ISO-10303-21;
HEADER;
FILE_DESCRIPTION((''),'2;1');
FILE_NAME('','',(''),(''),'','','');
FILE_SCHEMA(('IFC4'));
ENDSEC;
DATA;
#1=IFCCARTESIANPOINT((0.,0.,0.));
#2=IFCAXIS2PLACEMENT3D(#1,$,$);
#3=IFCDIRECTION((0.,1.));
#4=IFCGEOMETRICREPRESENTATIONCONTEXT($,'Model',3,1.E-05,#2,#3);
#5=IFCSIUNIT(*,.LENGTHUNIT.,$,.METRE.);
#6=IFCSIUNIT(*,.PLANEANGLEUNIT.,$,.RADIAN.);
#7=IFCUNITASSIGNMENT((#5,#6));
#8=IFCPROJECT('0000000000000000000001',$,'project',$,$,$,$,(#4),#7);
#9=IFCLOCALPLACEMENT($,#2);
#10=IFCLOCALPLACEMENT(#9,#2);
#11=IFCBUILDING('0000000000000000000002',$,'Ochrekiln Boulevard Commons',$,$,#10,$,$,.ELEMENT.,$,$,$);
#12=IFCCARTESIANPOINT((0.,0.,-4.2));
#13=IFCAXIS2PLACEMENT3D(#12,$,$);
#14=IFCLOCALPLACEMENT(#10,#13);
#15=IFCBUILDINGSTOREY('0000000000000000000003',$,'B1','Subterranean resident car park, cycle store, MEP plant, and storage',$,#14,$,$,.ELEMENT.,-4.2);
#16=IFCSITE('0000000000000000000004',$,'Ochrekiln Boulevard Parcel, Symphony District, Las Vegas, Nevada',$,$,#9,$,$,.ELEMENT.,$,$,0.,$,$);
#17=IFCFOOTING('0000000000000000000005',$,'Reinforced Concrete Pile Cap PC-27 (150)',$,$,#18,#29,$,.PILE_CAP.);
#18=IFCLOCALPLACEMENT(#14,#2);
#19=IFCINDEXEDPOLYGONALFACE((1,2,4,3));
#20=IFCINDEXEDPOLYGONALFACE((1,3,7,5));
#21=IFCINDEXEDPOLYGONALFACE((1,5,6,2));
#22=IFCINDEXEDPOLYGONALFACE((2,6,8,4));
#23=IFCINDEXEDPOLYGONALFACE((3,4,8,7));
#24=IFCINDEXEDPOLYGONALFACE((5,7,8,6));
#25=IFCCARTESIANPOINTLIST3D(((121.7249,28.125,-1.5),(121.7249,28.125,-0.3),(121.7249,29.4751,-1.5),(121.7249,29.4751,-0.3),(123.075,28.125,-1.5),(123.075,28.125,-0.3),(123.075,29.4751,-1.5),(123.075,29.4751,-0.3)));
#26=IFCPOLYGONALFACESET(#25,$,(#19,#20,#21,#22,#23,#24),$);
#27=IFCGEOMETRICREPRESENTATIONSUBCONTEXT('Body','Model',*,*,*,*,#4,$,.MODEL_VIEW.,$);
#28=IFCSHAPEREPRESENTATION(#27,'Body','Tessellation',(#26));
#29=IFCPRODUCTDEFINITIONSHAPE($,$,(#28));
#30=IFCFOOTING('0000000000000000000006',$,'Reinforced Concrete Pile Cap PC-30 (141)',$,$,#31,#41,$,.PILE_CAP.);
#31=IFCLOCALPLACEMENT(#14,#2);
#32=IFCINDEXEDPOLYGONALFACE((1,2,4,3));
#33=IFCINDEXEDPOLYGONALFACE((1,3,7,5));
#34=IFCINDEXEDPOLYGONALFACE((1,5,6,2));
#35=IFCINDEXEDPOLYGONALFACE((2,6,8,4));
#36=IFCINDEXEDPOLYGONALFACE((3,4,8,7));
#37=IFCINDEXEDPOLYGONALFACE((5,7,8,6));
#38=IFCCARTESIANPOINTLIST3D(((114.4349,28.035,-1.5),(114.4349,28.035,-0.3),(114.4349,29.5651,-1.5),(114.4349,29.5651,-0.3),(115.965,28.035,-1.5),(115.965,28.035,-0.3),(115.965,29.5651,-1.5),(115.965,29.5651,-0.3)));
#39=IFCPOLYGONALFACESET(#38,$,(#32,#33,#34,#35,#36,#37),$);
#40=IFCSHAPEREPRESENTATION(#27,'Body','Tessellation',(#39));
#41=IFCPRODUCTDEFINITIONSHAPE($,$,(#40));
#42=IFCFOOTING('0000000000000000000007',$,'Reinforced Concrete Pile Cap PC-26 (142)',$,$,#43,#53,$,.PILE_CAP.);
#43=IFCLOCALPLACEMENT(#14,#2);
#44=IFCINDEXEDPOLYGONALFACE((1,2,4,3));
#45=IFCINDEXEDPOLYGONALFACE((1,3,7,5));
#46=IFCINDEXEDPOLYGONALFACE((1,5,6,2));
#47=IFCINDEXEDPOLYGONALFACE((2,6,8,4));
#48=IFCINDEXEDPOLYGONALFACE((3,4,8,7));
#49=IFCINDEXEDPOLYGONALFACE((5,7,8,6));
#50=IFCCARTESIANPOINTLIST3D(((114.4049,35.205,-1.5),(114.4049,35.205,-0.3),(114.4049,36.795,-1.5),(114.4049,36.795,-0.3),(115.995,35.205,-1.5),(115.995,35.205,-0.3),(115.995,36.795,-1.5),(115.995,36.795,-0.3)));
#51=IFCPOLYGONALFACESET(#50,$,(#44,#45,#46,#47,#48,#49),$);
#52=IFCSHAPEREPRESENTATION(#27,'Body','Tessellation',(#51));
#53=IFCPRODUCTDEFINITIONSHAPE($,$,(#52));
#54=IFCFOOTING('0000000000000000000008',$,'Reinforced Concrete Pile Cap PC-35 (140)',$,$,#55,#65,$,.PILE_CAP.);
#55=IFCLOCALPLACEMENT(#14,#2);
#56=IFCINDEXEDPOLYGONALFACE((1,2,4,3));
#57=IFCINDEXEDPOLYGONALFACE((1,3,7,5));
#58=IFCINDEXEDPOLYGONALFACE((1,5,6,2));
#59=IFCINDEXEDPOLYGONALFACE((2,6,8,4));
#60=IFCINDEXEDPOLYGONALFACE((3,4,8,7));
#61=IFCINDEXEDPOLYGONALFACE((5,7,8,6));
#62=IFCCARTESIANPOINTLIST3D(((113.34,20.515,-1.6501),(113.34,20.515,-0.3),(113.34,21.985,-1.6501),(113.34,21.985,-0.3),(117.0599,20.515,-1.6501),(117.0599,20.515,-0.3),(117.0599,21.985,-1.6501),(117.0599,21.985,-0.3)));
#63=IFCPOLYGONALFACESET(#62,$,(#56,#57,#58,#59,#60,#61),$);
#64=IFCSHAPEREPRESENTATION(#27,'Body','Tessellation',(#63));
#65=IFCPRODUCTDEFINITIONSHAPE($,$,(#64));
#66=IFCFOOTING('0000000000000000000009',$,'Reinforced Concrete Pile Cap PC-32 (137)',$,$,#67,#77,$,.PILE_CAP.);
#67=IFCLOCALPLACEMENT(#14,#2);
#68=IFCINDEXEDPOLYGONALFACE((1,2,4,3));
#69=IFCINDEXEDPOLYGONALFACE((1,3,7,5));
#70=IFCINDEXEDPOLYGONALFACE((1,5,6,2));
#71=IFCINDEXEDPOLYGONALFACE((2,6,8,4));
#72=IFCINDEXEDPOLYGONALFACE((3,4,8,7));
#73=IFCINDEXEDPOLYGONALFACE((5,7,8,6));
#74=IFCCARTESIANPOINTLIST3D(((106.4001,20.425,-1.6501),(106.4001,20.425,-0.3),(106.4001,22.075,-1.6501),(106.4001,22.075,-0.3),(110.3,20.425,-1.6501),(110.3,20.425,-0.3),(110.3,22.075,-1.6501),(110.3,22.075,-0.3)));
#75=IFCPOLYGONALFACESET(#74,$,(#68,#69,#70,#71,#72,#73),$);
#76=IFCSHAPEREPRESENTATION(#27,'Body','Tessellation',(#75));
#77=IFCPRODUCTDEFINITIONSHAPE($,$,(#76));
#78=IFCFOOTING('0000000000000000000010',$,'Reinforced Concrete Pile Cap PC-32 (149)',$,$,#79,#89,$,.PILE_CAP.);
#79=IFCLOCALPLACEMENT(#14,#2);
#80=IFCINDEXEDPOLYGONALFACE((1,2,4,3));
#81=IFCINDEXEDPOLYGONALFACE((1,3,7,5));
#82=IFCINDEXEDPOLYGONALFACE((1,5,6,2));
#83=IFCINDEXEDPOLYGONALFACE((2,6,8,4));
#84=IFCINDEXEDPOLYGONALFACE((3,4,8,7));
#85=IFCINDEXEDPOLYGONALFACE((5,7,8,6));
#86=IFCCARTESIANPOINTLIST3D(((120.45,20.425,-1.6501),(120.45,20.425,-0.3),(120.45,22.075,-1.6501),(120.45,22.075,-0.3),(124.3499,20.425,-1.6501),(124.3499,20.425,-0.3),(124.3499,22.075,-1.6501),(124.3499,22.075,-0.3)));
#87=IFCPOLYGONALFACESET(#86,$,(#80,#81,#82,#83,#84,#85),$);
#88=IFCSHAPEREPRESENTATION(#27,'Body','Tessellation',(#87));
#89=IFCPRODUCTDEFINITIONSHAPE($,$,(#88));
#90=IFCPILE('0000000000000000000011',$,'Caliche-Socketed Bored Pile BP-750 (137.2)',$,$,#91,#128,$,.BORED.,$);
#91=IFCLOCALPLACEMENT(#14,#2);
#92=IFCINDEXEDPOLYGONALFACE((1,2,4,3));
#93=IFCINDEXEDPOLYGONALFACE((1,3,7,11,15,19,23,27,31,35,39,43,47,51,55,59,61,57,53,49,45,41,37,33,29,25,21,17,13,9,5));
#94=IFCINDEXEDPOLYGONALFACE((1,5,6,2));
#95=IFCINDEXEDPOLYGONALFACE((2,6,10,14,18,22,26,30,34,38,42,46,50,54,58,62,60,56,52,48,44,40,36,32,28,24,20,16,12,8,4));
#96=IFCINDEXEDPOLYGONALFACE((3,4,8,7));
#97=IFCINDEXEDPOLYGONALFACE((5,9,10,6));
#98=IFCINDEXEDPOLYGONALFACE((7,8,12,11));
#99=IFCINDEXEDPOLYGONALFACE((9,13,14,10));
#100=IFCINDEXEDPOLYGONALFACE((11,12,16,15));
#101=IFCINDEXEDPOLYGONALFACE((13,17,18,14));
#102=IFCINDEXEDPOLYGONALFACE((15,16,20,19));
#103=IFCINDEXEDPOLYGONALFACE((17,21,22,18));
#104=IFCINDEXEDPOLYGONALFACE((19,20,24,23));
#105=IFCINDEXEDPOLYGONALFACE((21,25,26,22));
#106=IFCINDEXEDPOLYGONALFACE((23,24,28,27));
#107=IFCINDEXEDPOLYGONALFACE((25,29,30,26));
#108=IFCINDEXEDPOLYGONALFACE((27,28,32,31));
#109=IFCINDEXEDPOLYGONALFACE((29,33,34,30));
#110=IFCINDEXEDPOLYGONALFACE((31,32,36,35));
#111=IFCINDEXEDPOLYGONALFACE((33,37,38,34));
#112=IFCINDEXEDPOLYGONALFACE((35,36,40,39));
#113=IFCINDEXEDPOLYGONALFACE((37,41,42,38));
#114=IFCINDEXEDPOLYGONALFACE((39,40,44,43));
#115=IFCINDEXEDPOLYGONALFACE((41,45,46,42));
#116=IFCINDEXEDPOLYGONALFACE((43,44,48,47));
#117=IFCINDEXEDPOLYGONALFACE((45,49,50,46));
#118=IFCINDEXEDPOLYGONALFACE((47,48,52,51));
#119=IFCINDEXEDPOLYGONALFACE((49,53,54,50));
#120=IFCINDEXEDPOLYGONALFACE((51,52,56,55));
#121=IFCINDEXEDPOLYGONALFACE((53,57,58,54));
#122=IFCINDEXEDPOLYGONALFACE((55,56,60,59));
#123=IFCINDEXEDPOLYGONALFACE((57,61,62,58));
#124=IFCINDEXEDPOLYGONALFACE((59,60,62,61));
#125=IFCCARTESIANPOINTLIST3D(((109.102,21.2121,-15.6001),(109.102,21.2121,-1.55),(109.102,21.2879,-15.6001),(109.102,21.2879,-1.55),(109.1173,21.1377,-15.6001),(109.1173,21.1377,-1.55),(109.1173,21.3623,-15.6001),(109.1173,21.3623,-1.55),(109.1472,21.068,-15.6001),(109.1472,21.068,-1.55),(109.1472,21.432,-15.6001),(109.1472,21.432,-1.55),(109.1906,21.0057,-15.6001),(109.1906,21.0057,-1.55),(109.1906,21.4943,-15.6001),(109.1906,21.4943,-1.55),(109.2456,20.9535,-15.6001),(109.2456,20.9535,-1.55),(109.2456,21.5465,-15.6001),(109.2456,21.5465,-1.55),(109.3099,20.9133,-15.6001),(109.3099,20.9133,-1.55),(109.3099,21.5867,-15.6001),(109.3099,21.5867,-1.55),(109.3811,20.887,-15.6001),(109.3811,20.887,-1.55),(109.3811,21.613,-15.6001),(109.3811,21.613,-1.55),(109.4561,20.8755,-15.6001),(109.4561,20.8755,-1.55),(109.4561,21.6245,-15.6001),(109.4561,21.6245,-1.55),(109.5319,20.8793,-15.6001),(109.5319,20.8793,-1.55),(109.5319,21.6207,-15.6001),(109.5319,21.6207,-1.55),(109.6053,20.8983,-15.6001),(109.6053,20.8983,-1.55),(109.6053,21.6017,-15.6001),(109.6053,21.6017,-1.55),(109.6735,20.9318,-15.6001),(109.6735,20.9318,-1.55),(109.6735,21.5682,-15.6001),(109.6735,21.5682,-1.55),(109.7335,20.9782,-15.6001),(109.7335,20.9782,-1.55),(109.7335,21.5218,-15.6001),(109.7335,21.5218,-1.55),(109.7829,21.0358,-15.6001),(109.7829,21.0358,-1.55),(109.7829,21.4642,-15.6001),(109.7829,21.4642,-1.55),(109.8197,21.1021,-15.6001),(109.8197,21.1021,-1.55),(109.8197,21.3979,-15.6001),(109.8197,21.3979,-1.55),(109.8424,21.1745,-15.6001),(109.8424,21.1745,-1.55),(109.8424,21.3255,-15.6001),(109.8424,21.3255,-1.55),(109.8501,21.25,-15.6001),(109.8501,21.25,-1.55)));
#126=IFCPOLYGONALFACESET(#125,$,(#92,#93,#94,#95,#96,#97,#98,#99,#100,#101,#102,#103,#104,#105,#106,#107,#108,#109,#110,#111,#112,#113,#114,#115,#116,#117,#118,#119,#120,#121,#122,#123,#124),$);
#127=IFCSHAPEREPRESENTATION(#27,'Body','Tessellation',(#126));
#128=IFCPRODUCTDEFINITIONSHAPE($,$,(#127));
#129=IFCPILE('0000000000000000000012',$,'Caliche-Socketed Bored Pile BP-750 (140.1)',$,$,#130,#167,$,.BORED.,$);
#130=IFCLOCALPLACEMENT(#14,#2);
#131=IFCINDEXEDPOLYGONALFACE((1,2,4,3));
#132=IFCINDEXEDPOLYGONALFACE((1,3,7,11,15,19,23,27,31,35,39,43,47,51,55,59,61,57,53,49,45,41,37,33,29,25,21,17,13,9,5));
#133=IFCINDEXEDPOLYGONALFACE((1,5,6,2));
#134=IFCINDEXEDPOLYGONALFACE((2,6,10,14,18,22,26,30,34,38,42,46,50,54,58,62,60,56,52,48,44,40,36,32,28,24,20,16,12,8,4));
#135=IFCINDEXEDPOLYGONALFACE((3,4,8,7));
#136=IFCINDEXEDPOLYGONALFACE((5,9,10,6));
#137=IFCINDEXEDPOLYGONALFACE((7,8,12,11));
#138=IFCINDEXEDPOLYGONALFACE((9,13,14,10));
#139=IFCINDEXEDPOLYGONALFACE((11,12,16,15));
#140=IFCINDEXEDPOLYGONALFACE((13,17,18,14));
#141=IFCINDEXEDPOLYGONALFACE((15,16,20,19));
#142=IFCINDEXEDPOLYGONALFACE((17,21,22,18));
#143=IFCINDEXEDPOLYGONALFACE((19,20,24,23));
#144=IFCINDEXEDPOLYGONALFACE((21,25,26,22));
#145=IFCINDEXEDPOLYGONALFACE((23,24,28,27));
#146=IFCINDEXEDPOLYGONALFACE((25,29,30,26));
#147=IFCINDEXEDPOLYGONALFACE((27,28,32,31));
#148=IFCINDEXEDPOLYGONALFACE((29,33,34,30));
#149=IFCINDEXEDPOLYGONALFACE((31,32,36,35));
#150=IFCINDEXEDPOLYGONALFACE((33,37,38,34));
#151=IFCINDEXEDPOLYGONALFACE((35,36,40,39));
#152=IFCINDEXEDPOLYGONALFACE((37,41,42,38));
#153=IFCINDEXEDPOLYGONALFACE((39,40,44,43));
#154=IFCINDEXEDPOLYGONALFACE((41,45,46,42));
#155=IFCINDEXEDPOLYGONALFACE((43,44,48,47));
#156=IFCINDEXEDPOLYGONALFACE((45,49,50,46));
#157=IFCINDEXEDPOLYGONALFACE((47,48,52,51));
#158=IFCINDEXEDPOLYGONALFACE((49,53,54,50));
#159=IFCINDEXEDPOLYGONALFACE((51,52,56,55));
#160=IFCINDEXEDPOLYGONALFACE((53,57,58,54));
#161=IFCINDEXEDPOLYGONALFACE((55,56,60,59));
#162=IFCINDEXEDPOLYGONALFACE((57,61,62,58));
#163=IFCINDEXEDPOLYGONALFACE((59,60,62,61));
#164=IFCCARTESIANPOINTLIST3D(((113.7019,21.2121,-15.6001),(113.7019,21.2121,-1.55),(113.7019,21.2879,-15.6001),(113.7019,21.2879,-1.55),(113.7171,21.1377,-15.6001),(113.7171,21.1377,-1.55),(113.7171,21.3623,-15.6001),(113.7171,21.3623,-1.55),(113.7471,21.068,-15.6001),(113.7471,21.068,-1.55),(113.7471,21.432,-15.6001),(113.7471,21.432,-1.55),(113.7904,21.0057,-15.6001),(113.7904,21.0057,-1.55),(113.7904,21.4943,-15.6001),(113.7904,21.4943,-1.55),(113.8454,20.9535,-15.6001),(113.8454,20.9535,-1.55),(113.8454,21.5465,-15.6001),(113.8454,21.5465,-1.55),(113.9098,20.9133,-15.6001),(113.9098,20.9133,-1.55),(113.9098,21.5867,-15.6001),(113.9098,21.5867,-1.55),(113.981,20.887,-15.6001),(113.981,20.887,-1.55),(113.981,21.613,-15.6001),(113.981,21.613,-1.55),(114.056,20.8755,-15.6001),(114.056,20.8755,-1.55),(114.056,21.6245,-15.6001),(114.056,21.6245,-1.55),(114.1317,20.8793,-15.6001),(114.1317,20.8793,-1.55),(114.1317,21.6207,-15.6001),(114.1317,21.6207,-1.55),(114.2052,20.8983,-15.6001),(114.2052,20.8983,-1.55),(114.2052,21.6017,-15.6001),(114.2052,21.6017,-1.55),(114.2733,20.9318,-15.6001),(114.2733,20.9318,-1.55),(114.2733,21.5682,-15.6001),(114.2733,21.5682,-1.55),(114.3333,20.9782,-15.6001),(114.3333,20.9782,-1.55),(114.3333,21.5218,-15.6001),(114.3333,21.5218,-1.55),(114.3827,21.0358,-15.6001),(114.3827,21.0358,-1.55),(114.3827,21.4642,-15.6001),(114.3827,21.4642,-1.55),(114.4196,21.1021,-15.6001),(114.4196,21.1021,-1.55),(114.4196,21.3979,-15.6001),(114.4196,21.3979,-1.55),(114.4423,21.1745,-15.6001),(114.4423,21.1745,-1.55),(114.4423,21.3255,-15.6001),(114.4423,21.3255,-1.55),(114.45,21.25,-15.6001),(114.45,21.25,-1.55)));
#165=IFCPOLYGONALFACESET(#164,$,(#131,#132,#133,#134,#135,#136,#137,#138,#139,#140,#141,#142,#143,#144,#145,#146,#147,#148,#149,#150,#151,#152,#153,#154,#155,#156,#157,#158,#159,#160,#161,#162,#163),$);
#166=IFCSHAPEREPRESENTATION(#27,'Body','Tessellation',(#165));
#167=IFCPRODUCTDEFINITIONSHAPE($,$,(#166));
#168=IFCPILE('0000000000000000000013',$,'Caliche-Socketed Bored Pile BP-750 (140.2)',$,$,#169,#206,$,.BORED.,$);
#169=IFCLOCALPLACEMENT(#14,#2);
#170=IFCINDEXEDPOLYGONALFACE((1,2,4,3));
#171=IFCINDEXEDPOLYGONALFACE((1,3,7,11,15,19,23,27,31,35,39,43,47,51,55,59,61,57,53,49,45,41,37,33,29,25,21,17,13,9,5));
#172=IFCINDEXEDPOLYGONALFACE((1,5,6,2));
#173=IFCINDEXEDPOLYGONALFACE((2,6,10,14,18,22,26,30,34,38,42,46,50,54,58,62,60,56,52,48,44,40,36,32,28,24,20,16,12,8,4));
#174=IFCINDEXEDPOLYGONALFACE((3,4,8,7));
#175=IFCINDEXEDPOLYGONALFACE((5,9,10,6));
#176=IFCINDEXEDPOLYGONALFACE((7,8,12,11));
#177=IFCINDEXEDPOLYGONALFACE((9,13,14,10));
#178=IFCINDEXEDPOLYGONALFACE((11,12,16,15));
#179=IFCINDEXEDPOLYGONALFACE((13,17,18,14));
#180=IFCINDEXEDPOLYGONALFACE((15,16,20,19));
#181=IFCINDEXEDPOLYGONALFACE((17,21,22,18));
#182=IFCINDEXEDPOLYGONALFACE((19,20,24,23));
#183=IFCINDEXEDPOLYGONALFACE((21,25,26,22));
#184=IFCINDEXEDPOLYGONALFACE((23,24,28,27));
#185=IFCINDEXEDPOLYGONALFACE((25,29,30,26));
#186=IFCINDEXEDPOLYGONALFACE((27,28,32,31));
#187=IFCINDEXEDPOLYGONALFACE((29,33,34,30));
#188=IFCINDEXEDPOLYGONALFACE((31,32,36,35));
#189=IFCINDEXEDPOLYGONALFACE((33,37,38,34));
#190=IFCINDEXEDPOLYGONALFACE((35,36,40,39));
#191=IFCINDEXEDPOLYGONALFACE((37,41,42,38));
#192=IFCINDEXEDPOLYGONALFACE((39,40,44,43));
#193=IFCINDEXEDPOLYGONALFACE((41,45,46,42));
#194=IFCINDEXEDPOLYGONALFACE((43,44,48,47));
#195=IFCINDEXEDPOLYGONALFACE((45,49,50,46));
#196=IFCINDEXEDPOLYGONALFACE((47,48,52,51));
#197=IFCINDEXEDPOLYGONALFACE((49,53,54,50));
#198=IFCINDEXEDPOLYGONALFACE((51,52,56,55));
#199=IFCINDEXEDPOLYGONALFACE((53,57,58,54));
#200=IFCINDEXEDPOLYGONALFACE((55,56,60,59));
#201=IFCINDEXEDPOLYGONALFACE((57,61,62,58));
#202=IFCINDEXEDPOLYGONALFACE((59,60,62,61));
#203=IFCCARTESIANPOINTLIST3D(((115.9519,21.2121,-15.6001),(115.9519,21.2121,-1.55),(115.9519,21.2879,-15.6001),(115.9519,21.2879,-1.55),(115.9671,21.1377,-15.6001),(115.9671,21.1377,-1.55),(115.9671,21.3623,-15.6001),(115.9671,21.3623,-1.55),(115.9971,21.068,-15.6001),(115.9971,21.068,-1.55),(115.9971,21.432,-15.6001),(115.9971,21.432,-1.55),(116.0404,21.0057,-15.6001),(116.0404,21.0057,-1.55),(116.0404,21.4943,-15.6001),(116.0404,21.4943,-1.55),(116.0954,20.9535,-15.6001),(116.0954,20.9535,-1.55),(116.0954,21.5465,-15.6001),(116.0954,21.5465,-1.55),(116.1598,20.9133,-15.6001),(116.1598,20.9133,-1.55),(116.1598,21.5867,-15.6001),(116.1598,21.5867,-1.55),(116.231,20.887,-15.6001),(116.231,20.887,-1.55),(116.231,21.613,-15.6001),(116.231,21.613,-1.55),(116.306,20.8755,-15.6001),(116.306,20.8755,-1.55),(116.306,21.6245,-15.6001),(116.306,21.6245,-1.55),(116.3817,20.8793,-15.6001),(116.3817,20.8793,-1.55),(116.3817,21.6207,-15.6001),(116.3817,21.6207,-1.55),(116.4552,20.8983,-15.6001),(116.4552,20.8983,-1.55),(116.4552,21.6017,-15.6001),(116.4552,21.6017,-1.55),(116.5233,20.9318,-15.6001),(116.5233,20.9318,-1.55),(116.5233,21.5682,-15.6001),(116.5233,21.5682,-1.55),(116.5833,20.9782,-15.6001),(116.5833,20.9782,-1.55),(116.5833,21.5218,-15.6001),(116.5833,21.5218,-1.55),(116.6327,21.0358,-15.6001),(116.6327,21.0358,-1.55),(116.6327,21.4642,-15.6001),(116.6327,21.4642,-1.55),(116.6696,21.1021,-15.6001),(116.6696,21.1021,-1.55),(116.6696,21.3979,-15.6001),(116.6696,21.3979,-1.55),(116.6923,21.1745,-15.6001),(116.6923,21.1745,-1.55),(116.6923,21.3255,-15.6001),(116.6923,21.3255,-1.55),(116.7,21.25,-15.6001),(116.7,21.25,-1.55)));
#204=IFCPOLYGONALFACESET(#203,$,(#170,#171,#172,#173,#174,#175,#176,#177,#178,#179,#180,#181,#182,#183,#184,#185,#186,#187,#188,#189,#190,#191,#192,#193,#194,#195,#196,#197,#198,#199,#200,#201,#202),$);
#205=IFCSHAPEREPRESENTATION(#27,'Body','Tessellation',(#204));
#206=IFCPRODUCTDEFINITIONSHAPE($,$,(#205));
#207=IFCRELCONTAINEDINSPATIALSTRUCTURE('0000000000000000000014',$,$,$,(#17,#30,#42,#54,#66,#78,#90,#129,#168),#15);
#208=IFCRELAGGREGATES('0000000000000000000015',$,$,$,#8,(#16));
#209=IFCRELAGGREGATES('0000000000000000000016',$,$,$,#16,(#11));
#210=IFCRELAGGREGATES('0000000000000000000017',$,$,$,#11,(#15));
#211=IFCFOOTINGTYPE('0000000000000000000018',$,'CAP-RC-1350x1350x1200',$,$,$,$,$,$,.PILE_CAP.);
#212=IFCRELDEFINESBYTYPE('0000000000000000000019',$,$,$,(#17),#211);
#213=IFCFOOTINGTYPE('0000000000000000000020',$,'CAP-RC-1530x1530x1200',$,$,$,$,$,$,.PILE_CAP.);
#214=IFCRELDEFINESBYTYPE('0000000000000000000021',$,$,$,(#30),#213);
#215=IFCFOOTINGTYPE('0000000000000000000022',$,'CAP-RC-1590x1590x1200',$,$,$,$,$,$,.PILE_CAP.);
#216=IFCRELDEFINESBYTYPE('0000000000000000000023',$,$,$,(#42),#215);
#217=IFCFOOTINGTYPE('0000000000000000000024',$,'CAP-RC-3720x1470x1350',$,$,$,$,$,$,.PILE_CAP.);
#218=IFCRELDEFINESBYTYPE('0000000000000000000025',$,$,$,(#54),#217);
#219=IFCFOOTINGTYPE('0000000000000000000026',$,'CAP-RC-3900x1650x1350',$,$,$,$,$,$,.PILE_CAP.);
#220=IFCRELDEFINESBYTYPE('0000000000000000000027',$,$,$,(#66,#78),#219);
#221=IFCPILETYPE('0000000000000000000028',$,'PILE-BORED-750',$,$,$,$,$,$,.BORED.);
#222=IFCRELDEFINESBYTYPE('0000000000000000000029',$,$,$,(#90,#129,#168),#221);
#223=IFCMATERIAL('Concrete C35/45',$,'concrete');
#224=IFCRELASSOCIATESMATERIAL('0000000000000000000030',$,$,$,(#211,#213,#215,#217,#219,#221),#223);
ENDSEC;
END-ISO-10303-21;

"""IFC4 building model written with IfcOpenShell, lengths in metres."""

from ifc_helpers import new_model, si_unit, direction, frame, origin, origin_2d, place, context, subcontext, project, spatial, rectangle, circle, extrude, material, material_profile, profile_set, type_object, element, save


model = new_model("IFC4")

# Units and contexts
model_context = context("Model", 3, precision=1e-05, world=origin(), true_north=direction((0.0, 1.0)))
body_context = subcontext(model_context, "Body", "Model", "MODEL_VIEW")
ifc_project = project(units=[si_unit("LENGTHUNIT", "METRE"), si_unit("PLANEANGLEUNIT", "RADIAN")], contexts=[model_context])

# Site, building, storey
site_placement = place(None, origin())
site = spatial("IfcSite", under=ifc_project, at=site_placement, Name="Ochrekiln Boulevard Parcel, Symphony District, Las Vegas, Nevada", CompositionType="ELEMENT", RefElevation=0.0)
building_placement = place(site_placement, origin())
building = spatial("IfcBuilding", under=site, at=building_placement, Name="Ochrekiln Boulevard Commons", CompositionType="ELEMENT")
storey_placement = place(building_placement, frame((0.0, 0.0, -4.2)))
storey = spatial("IfcBuildingStorey", under=building, at=storey_placement, Name="B1", Description="Subterranean resident car park, cycle store, MEP plant, and storage", CompositionType="ELEMENT", Elevation=-4.2)

# Footings
ifc_material_1 = material(Name="Concrete C35/45", Category="concrete")
footing_type_1 = type_object("IfcFootingType", Name="CAP-RC-1350x1350x1200", PredefinedType="PILE_CAP", material=ifc_material_1)
footing_1_placement = place(storey_placement, frame((122.3999, 28.8, -1.5), z_axis=(0.0, 0.0, 1.0), x_axis=(1.0, 0.0, 0.0)))
element("IfcFooting", 1, at=footing_1_placement, inside=storey, type_object=footing_type_1, Name="Reinforced Concrete Pile Cap PC-27 (150)", PredefinedType="PILE_CAP", context=body_context, shape_type="SweptSolid", body=[
    extrude(rectangle(XDim=1.3501, YDim=1.3501, at=origin_2d()), origin(), (0.0, 0.0, 1.0), 1.2),
])
footing_type_2 = type_object("IfcFootingType", Name="CAP-RC-1530x1530x1200", PredefinedType="PILE_CAP", material=ifc_material_1)
footing_2_placement = place(storey_placement, frame((115.2, 28.8, -1.5), z_axis=(0.0, 0.0, 1.0), x_axis=(1.0, 0.0, 0.0)))
element("IfcFooting", 2, at=footing_2_placement, inside=storey, type_object=footing_type_2, Name="Reinforced Concrete Pile Cap PC-30 (141)", PredefinedType="PILE_CAP", context=body_context, shape_type="SweptSolid", body=[
    extrude(rectangle(XDim=1.53, YDim=1.53, at=origin_2d()), origin(), (0.0, 0.0, 1.0), 1.2),
])
footing_type_3 = type_object("IfcFootingType", Name="CAP-RC-1590x1590x1200", PredefinedType="PILE_CAP", material=ifc_material_1)
footing_3_placement = place(storey_placement, frame((115.2, 36.0, -1.5), z_axis=(0.0, 0.0, 1.0), x_axis=(1.0, 0.0, 0.0)))
element("IfcFooting", 3, at=footing_3_placement, inside=storey, type_object=footing_type_3, Name="Reinforced Concrete Pile Cap PC-26 (142)", PredefinedType="PILE_CAP", context=body_context, shape_type="SweptSolid", body=[
    extrude(rectangle(XDim=1.5901, YDim=1.5901, at=origin_2d()), origin(), (0.0, 0.0, 1.0), 1.2),
])
footing_type_4 = type_object("IfcFootingType", Name="CAP-RC-3720x1470x1350", PredefinedType="PILE_CAP", material=ifc_material_1)
footing_4_placement = place(storey_placement, frame((115.2, 21.25, -1.6501), z_axis=(0.0, 0.0, 1.0), x_axis=(1.0, 0.0, 0.0)))
element("IfcFooting", 4, at=footing_4_placement, inside=storey, type_object=footing_type_4, Name="Reinforced Concrete Pile Cap PC-35 (140)", PredefinedType="PILE_CAP", context=body_context, shape_type="SweptSolid", body=[
    extrude(rectangle(XDim=3.72, YDim=1.47, at=origin_2d()), origin(), (0.0, 0.0, 1.0), 1.3501),
])
footing_type_5 = type_object("IfcFootingType", Name="CAP-RC-3900x1650x1350", PredefinedType="PILE_CAP", material=ifc_material_1)
for number, where, z_axis, x_axis, name in (
    (5, (108.3501, 21.25, -1.6501), (0.0, 0.0, 1.0), (1.0, 0.0, 0.0), "Reinforced Concrete Pile Cap PC-32 (137)"),
    (6, (122.3999, 21.25, -1.6501), (0.0, 0.0, 1.0), (1.0, 0.0, 0.0), "Reinforced Concrete Pile Cap PC-32 (149)"),
):
    element("IfcFooting", number, at=place(storey_placement, frame(where, z_axis=z_axis, x_axis=x_axis)), inside=storey, type_object=footing_type_5, Name=name, PredefinedType="PILE_CAP", context=body_context, shape_type="SweptSolid", body=[
        extrude(rectangle(XDim=3.8999, YDim=1.6499, at=origin_2d()), origin(), (0.0, 0.0, 1.0), 1.3501),
    ])

# Piles
ifc_material_profile_1 = material_profile(ifc_material_1, circle(Radius=0.375, at=origin_2d()), Name="PILE-D750")
ifc_profile_set_1 = profile_set([ifc_material_profile_1], Name="Concrete C35/45")
pile_type = type_object("IfcPileType", Name="PILE-BORED-750", PredefinedType="BORED", material=ifc_profile_set_1)
for number, where, z_axis, x_axis, name in (
    (7, (109.4751, 21.25, -1.55), (0.0, 0.0, -1.0), (1.0, 0.0, 0.0), "Caliche-Socketed Bored Pile BP-750 (137.2)"),
    (8, (114.075, 21.25, -1.55), (0.0, 0.0, -1.0), (1.0, 0.0, 0.0), "Caliche-Socketed Bored Pile BP-750 (140.1)"),
    (9, (116.325, 21.25, -1.55), (0.0, 0.0, -1.0), (1.0, 0.0, 0.0), "Caliche-Socketed Bored Pile BP-750 (140.2)"),
):
    element("IfcPile", number, at=place(storey_placement, frame(where, z_axis=z_axis, x_axis=x_axis)), inside=storey, type_object=pile_type, Name=name, PredefinedType="BORED", context=body_context, shape_type="SweptSolid", body=[
        extrude(circle(Radius=0.375, at=origin_2d()), origin(), (0.0, 0.0, 1.0), 14.05),
    ])

save(model, "model.ifc")
